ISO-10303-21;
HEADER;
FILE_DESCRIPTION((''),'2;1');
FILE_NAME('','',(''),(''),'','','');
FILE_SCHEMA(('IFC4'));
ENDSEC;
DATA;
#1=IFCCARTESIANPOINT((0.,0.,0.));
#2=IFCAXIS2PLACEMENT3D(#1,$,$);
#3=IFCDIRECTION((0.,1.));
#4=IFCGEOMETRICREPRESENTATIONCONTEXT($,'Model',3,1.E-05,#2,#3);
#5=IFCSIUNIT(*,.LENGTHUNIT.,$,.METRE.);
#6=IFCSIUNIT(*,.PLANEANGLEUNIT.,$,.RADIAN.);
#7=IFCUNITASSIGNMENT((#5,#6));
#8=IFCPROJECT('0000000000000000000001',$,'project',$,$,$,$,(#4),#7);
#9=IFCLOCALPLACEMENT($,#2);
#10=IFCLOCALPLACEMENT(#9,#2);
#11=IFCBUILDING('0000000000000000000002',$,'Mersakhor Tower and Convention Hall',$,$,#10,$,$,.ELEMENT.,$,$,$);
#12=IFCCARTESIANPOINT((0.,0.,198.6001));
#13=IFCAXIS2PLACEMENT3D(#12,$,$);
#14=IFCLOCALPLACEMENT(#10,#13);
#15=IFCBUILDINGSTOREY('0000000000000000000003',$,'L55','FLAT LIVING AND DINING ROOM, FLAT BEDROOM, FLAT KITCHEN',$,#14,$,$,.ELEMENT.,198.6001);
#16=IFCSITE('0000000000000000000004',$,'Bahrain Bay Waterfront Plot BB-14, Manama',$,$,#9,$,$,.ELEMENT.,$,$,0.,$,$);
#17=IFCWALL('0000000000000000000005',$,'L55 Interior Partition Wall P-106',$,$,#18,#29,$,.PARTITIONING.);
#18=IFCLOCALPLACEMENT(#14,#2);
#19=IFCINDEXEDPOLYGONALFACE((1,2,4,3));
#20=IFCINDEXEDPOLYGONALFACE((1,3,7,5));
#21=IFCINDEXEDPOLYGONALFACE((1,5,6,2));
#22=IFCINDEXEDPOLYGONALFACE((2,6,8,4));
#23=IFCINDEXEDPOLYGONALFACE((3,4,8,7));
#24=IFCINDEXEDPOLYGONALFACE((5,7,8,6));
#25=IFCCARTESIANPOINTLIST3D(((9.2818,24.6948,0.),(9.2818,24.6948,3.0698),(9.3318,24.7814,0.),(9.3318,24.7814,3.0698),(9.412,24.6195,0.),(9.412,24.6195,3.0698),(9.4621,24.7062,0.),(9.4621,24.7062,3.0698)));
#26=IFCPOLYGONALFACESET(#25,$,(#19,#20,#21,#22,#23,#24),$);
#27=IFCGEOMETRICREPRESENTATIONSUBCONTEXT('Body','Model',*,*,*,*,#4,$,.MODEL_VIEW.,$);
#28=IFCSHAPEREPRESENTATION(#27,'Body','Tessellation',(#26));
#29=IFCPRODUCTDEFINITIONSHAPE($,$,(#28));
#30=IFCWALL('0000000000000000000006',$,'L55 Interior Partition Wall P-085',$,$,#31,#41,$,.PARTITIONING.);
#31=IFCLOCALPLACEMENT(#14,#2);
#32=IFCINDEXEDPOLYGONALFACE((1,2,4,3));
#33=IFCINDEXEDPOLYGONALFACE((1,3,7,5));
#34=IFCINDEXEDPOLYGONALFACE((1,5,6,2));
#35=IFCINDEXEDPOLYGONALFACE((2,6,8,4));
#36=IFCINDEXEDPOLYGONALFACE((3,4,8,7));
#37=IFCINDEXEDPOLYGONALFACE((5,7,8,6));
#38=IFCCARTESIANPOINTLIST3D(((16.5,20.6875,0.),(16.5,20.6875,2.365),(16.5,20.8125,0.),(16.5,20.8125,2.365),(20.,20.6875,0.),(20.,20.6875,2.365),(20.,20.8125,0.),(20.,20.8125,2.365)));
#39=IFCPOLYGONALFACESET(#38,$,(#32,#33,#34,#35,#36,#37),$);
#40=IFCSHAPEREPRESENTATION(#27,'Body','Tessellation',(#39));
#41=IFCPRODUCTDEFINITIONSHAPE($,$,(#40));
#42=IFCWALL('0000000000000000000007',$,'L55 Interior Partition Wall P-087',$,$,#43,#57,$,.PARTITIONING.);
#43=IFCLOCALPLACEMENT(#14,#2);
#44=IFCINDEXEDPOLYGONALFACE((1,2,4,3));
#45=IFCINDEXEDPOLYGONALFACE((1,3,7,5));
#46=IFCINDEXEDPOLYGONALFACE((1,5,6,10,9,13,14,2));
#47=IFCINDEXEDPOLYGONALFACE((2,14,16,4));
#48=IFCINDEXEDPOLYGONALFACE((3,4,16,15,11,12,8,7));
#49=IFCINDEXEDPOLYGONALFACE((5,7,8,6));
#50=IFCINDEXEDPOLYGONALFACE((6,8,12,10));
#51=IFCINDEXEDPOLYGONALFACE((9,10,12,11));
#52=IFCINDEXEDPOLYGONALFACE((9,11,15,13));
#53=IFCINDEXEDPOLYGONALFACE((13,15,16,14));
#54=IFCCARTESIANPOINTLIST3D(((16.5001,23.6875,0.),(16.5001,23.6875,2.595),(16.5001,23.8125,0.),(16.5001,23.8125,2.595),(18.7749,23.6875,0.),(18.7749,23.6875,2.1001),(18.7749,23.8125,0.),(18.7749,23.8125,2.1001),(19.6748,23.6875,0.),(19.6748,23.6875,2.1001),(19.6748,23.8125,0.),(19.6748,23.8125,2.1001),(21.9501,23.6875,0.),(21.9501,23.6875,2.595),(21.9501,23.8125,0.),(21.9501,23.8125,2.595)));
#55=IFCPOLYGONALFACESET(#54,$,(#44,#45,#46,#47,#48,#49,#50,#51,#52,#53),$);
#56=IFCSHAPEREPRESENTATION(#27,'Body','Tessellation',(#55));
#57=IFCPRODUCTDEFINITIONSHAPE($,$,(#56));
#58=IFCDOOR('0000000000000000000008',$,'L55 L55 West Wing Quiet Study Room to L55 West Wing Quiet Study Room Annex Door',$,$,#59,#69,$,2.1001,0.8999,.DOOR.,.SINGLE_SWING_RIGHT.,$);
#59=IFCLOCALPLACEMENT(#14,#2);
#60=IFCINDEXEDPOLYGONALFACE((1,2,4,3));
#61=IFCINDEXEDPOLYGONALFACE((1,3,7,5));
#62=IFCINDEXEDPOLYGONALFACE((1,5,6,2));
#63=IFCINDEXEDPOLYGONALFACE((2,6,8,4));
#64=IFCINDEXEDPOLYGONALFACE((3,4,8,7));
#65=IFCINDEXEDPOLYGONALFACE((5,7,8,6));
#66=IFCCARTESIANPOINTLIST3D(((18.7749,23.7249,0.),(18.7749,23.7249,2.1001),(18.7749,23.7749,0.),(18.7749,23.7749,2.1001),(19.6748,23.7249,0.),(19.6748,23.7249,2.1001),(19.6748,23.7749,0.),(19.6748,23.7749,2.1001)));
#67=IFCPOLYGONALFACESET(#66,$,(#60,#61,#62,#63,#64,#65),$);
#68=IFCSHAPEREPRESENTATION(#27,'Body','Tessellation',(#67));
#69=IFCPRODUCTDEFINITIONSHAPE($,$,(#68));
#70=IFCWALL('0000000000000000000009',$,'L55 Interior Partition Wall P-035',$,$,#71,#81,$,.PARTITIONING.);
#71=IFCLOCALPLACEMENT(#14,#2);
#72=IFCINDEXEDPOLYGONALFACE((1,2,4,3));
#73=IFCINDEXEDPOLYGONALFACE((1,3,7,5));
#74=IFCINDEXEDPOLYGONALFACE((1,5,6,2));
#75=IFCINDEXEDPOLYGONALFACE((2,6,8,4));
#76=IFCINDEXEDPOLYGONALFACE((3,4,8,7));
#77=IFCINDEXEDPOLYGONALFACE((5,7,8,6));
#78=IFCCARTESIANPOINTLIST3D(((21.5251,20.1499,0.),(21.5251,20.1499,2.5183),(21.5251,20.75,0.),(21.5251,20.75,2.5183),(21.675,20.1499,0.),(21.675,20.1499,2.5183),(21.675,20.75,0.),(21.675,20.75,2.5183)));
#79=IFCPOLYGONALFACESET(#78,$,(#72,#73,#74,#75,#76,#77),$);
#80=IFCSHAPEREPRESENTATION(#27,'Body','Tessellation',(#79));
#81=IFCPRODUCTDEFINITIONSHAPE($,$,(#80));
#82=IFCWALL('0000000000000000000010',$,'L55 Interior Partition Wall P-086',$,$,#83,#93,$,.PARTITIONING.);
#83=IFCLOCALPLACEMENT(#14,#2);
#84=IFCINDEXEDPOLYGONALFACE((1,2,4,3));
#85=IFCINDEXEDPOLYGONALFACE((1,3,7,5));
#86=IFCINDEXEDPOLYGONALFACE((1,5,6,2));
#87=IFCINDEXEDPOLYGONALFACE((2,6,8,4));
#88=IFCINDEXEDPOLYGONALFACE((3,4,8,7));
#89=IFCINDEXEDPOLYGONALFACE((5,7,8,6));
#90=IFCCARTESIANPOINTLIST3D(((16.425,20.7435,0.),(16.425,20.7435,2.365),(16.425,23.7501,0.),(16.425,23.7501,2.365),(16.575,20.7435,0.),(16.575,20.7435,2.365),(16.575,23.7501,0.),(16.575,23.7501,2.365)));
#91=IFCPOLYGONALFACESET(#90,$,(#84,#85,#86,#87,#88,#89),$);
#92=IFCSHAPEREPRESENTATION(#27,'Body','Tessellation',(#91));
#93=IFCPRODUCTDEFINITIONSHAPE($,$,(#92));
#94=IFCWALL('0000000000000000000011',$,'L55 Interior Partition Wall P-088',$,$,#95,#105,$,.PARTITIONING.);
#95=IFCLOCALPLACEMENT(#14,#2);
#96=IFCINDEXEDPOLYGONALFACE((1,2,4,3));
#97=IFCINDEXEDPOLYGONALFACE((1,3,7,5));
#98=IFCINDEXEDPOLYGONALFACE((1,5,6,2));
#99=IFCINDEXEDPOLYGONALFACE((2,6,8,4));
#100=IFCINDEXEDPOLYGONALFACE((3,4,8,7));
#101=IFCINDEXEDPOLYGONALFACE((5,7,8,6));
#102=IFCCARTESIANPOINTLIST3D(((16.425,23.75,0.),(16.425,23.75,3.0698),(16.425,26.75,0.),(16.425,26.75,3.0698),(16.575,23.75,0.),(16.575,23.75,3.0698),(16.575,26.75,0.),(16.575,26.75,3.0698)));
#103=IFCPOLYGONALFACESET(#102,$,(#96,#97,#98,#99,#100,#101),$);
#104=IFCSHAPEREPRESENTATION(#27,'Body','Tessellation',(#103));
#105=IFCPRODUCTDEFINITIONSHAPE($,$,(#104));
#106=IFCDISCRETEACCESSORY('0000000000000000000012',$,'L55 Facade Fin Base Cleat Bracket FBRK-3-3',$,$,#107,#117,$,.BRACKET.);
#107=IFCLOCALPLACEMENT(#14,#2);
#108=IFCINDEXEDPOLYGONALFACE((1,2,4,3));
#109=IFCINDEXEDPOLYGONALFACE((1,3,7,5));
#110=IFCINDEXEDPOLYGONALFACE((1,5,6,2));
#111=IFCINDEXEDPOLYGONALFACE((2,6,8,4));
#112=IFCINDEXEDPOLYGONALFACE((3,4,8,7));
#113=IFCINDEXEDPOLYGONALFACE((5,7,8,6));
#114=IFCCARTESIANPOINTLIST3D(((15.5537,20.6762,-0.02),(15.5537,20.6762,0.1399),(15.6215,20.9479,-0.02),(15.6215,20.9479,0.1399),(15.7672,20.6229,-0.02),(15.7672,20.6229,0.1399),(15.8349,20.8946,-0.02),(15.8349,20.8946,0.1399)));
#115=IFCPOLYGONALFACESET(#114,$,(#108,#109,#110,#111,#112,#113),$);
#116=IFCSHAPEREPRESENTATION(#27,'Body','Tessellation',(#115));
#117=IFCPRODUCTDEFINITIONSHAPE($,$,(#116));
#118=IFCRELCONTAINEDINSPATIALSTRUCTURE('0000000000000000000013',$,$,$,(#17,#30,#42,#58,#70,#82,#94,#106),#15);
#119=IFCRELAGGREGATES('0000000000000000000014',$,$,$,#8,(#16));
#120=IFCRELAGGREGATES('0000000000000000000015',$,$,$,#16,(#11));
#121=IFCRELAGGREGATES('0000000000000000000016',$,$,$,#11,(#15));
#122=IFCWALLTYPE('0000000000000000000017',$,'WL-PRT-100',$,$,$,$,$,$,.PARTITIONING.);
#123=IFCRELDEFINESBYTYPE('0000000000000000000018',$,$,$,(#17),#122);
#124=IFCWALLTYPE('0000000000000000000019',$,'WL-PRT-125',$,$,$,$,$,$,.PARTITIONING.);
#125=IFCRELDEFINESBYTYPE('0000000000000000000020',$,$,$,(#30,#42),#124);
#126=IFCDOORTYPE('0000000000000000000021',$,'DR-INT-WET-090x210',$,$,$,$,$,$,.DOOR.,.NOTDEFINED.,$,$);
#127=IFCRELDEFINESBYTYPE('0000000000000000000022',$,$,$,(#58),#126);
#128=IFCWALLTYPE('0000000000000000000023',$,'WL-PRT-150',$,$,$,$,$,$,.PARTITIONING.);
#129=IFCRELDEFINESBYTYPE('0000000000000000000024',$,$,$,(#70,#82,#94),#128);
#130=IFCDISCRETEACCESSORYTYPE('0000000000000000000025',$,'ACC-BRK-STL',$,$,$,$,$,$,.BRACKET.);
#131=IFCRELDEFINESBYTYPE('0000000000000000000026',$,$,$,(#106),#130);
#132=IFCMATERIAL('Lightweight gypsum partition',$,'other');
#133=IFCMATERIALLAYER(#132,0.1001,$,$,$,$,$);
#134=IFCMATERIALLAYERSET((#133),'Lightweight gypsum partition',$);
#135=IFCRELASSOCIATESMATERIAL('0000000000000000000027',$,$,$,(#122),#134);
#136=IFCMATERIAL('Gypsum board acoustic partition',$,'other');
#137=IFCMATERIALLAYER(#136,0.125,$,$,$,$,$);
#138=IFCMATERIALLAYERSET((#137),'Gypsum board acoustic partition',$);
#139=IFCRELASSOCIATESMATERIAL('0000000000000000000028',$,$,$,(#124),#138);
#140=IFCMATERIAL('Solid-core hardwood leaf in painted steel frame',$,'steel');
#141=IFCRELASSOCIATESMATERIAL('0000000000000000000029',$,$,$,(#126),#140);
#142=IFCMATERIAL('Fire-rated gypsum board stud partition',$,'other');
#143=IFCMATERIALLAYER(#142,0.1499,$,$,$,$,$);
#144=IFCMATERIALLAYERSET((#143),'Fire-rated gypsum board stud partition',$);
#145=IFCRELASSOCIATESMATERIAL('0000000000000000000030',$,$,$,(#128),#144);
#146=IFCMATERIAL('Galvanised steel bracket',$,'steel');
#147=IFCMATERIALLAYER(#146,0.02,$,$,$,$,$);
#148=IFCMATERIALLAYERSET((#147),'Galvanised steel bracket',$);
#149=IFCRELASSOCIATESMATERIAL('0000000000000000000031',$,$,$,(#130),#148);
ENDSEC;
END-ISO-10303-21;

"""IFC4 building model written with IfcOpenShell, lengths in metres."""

from ifc_helpers import new_model, si_unit, direction, frame, frame_2d, origin, origin_2d, place, context, subcontext, project, spatial, rectangle, extrude, material, layer, layer_set, type_object, element, fill, save


model = new_model("IFC4")

# Units and contexts
model_context = context("Model", 3, precision=1e-05, world=origin(), true_north=direction((0.0, 1.0)))
body_context = subcontext(model_context, "Body", "Model", "MODEL_VIEW")
ifc_project = project(units=[si_unit("LENGTHUNIT", "METRE"), si_unit("PLANEANGLEUNIT", "RADIAN")], contexts=[model_context])

# Site, building, storey
site_placement = place(None, origin())
site = spatial("IfcSite", under=ifc_project, at=site_placement, Name="Bahrain Bay Waterfront Plot BB-14, Manama", CompositionType="ELEMENT", RefElevation=0.0)
building_placement = place(site_placement, origin())
building = spatial("IfcBuilding", under=site, at=building_placement, Name="Mersakhor Tower and Convention Hall", CompositionType="ELEMENT")
storey_placement = place(building_placement, frame((0.0, 0.0, 198.6001)))
storey = spatial("IfcBuildingStorey", under=building, at=storey_placement, Name="L55", Description="FLAT LIVING AND DINING ROOM, FLAT BEDROOM, FLAT KITCHEN", CompositionType="ELEMENT", Elevation=198.6001)

# Walls
ifc_material_1 = material(Name="Lightweight gypsum partition", Category="other")
ifc_layer_1 = layer(ifc_material_1, 0.1001)
ifc_layer_set_1 = layer_set([ifc_layer_1], Name="Lightweight gypsum partition")
wall_type_1 = type_object("IfcWallType", Name="WL-PRT-100", PredefinedType="PARTITIONING", material=ifc_layer_set_1)
wall_1_placement = place(storey_placement, frame((9.437, 24.6628, 0.0), z_axis=(0.0, 0.0, 1.0), x_axis=(-0.865834, 0.500332, 0.0)))
element("IfcWall", 1, at=wall_1_placement, inside=storey, type_object=wall_type_1, Name="L55 Interior Partition Wall P-106", PredefinedType="PARTITIONING", context=body_context, shape_type="SweptSolid", body=[
    extrude(rectangle(XDim=0.1504, YDim=0.1001, at=frame_2d((0.0752, 0.0))), origin(), (0.0, 0.0, 1.0), 3.0698),
])
ifc_material_2 = material(Name="Gypsum board acoustic partition", Category="other")
ifc_layer_2 = layer(ifc_material_2, 0.125)
ifc_layer_set_2 = layer_set([ifc_layer_2], Name="Gypsum board acoustic partition")
wall_type_2 = type_object("IfcWallType", Name="WL-PRT-125", PredefinedType="PARTITIONING", material=ifc_layer_set_2)
wall_2_placement = place(storey_placement, frame((20.0, 20.75, 0.0), z_axis=(0.0, 0.0, 1.0), x_axis=(-1.0, 0.0, 0.0)))
element("IfcWall", 2, at=wall_2_placement, inside=storey, type_object=wall_type_2, Name="L55 Interior Partition Wall P-085", PredefinedType="PARTITIONING", context=body_context, shape_type="SweptSolid", body=[
    extrude(rectangle(XDim=3.5, YDim=0.125, at=frame_2d((1.75, 0.0))), origin(), (0.0, 0.0, 1.0), 2.365),
])

# Wall, opening, door
wall_3_placement = place(storey_placement, frame((16.5, 23.75, 0.0), z_axis=(0.0, 0.0, 1.0), x_axis=(1.0, 0.0, 0.0)))
wall_3 = element("IfcWall", 3, at=wall_3_placement, inside=storey, type_object=wall_type_2, Name="L55 Interior Partition Wall P-087", PredefinedType="PARTITIONING", context=body_context, shape_type="SweptSolid", body=[
    extrude(rectangle(XDim=5.45, YDim=0.125, at=frame_2d((2.7251, 0.0))), origin(), (0.0, 0.0, 1.0), 2.595),
])
opening_1_placement = place(wall_3_placement, frame((2.2749, 0.0, 0.0)))
opening_1 = element("IfcOpeningElement", 4, at=opening_1_placement, cuts=wall_3, PredefinedType="OPENING", context=body_context, shape_type="SweptSolid", body=[
    extrude(rectangle(XDim=0.8999, YDim=2.1001, at=frame_2d((0.45, 1.05))), frame((0.0, 0.0725, 0.0), z_axis=(0.0, -1.0, 0.0), x_axis=(1.0, 0.0, 0.0)), (0.0, 0.0, 1.0), 0.145),
])
ifc_material_3 = material(Name="Solid-core hardwood leaf in painted steel frame", Category="steel")
door_type_1 = type_object("IfcDoorType", Name="DR-INT-WET-090x210", OperationType="NOTDEFINED", PredefinedType="DOOR", material=ifc_material_3)
door_1_placement = place(opening_1_placement, origin())
door_1 = element("IfcDoor", 5, at=door_1_placement, inside=storey, type_object=door_type_1, Name="L55 L55 West Wing Quiet Study Room to L55 West Wing Quiet Study Room Annex Door", OperationType="SINGLE_SWING_RIGHT", OverallHeight=2.1001, OverallWidth=0.8999, PredefinedType="DOOR", context=body_context, shape_type="SweptSolid", body=[
    extrude(rectangle(XDim=0.8999, YDim=2.1001, at=frame_2d((0.45, 1.05))), frame((0.0, 0.0249, 0.0), z_axis=(0.0, -1.0, 0.0), x_axis=(1.0, 0.0, 0.0)), (0.0, 0.0, 1.0), 0.05),
])
fill(opening_1, door_1)
ifc_material_4 = material(Name="Fire-rated gypsum board stud partition", Category="other")
ifc_layer_3 = layer(ifc_material_4, 0.1499)
ifc_layer_set_3 = layer_set([ifc_layer_3], Name="Fire-rated gypsum board stud partition")
wall_type_3 = type_object("IfcWallType", Name="WL-PRT-150", PredefinedType="PARTITIONING", material=ifc_layer_set_3)

# Walls
wall_4_placement = place(storey_placement, frame((21.6001, 20.75, 0.0), z_axis=(0.0, 0.0, 1.0), x_axis=(0.0, -1.0, 0.0)))
element("IfcWall", 6, at=wall_4_placement, inside=storey, type_object=wall_type_3, Name="L55 Interior Partition Wall P-035", PredefinedType="PARTITIONING", context=body_context, shape_type="SweptSolid", body=[
    extrude(rectangle(XDim=0.6001, YDim=0.1499, at=frame_2d((0.3, 0.0))), origin(), (0.0, 0.0, 1.0), 2.5183),
])
wall_5_placement = place(storey_placement, frame((16.5, 20.7434, 0.0), z_axis=(0.0, 0.0, 1.0), x_axis=(0.0, 1.0, 0.0)))
element("IfcWall", 7, at=wall_5_placement, inside=storey, type_object=wall_type_3, Name="L55 Interior Partition Wall P-086", PredefinedType="PARTITIONING", context=body_context, shape_type="SweptSolid", body=[
    extrude(rectangle(XDim=3.0066, YDim=0.1499, at=frame_2d((1.5034, 0.0))), origin(), (0.0, 0.0, 1.0), 2.365),
])
wall_6_placement = place(storey_placement, frame((16.5, 23.75, 0.0), z_axis=(0.0, 0.0, 1.0), x_axis=(0.0, 1.0, 0.0)))
element("IfcWall", 8, at=wall_6_placement, inside=storey, type_object=wall_type_3, Name="L55 Interior Partition Wall P-088", PredefinedType="PARTITIONING", context=body_context, shape_type="SweptSolid", body=[
    extrude(rectangle(XDim=3.0, YDim=0.1499, at=frame_2d((1.5, 0.0))), origin(), (0.0, 0.0, 1.0), 3.0698),
])

# Discrete accessory
ifc_material_5 = material(Name="Galvanised steel bracket", Category="steel")
ifc_layer_4 = layer(ifc_material_5, 0.02)
ifc_layer_set_4 = layer_set([ifc_layer_4], Name="Galvanised steel bracket")
discrete_accessory_type = type_object("IfcDiscreteAccessoryType", Name="ACC-BRK-STL", PredefinedType="BRACKET", material=ifc_layer_set_4)
discrete_accessory_placement = place(storey_placement, frame((15.6943, 20.7854, -0.02), z_axis=(0.0, 0.0, 1.0), x_axis=(-0.241922, -0.970296, 0.0)))
element("IfcDiscreteAccessory", 9, at=discrete_accessory_placement, inside=storey, type_object=discrete_accessory_type, Name="L55 Facade Fin Base Cleat Bracket FBRK-3-3", PredefinedType="BRACKET", context=body_context, shape_type="SweptSolid", body=[
    extrude(rectangle(XDim=0.28, YDim=0.22, at=origin_2d()), origin(), (0.0, 0.0, 1.0), 0.1599),
])

save(model, "model.ifc")
